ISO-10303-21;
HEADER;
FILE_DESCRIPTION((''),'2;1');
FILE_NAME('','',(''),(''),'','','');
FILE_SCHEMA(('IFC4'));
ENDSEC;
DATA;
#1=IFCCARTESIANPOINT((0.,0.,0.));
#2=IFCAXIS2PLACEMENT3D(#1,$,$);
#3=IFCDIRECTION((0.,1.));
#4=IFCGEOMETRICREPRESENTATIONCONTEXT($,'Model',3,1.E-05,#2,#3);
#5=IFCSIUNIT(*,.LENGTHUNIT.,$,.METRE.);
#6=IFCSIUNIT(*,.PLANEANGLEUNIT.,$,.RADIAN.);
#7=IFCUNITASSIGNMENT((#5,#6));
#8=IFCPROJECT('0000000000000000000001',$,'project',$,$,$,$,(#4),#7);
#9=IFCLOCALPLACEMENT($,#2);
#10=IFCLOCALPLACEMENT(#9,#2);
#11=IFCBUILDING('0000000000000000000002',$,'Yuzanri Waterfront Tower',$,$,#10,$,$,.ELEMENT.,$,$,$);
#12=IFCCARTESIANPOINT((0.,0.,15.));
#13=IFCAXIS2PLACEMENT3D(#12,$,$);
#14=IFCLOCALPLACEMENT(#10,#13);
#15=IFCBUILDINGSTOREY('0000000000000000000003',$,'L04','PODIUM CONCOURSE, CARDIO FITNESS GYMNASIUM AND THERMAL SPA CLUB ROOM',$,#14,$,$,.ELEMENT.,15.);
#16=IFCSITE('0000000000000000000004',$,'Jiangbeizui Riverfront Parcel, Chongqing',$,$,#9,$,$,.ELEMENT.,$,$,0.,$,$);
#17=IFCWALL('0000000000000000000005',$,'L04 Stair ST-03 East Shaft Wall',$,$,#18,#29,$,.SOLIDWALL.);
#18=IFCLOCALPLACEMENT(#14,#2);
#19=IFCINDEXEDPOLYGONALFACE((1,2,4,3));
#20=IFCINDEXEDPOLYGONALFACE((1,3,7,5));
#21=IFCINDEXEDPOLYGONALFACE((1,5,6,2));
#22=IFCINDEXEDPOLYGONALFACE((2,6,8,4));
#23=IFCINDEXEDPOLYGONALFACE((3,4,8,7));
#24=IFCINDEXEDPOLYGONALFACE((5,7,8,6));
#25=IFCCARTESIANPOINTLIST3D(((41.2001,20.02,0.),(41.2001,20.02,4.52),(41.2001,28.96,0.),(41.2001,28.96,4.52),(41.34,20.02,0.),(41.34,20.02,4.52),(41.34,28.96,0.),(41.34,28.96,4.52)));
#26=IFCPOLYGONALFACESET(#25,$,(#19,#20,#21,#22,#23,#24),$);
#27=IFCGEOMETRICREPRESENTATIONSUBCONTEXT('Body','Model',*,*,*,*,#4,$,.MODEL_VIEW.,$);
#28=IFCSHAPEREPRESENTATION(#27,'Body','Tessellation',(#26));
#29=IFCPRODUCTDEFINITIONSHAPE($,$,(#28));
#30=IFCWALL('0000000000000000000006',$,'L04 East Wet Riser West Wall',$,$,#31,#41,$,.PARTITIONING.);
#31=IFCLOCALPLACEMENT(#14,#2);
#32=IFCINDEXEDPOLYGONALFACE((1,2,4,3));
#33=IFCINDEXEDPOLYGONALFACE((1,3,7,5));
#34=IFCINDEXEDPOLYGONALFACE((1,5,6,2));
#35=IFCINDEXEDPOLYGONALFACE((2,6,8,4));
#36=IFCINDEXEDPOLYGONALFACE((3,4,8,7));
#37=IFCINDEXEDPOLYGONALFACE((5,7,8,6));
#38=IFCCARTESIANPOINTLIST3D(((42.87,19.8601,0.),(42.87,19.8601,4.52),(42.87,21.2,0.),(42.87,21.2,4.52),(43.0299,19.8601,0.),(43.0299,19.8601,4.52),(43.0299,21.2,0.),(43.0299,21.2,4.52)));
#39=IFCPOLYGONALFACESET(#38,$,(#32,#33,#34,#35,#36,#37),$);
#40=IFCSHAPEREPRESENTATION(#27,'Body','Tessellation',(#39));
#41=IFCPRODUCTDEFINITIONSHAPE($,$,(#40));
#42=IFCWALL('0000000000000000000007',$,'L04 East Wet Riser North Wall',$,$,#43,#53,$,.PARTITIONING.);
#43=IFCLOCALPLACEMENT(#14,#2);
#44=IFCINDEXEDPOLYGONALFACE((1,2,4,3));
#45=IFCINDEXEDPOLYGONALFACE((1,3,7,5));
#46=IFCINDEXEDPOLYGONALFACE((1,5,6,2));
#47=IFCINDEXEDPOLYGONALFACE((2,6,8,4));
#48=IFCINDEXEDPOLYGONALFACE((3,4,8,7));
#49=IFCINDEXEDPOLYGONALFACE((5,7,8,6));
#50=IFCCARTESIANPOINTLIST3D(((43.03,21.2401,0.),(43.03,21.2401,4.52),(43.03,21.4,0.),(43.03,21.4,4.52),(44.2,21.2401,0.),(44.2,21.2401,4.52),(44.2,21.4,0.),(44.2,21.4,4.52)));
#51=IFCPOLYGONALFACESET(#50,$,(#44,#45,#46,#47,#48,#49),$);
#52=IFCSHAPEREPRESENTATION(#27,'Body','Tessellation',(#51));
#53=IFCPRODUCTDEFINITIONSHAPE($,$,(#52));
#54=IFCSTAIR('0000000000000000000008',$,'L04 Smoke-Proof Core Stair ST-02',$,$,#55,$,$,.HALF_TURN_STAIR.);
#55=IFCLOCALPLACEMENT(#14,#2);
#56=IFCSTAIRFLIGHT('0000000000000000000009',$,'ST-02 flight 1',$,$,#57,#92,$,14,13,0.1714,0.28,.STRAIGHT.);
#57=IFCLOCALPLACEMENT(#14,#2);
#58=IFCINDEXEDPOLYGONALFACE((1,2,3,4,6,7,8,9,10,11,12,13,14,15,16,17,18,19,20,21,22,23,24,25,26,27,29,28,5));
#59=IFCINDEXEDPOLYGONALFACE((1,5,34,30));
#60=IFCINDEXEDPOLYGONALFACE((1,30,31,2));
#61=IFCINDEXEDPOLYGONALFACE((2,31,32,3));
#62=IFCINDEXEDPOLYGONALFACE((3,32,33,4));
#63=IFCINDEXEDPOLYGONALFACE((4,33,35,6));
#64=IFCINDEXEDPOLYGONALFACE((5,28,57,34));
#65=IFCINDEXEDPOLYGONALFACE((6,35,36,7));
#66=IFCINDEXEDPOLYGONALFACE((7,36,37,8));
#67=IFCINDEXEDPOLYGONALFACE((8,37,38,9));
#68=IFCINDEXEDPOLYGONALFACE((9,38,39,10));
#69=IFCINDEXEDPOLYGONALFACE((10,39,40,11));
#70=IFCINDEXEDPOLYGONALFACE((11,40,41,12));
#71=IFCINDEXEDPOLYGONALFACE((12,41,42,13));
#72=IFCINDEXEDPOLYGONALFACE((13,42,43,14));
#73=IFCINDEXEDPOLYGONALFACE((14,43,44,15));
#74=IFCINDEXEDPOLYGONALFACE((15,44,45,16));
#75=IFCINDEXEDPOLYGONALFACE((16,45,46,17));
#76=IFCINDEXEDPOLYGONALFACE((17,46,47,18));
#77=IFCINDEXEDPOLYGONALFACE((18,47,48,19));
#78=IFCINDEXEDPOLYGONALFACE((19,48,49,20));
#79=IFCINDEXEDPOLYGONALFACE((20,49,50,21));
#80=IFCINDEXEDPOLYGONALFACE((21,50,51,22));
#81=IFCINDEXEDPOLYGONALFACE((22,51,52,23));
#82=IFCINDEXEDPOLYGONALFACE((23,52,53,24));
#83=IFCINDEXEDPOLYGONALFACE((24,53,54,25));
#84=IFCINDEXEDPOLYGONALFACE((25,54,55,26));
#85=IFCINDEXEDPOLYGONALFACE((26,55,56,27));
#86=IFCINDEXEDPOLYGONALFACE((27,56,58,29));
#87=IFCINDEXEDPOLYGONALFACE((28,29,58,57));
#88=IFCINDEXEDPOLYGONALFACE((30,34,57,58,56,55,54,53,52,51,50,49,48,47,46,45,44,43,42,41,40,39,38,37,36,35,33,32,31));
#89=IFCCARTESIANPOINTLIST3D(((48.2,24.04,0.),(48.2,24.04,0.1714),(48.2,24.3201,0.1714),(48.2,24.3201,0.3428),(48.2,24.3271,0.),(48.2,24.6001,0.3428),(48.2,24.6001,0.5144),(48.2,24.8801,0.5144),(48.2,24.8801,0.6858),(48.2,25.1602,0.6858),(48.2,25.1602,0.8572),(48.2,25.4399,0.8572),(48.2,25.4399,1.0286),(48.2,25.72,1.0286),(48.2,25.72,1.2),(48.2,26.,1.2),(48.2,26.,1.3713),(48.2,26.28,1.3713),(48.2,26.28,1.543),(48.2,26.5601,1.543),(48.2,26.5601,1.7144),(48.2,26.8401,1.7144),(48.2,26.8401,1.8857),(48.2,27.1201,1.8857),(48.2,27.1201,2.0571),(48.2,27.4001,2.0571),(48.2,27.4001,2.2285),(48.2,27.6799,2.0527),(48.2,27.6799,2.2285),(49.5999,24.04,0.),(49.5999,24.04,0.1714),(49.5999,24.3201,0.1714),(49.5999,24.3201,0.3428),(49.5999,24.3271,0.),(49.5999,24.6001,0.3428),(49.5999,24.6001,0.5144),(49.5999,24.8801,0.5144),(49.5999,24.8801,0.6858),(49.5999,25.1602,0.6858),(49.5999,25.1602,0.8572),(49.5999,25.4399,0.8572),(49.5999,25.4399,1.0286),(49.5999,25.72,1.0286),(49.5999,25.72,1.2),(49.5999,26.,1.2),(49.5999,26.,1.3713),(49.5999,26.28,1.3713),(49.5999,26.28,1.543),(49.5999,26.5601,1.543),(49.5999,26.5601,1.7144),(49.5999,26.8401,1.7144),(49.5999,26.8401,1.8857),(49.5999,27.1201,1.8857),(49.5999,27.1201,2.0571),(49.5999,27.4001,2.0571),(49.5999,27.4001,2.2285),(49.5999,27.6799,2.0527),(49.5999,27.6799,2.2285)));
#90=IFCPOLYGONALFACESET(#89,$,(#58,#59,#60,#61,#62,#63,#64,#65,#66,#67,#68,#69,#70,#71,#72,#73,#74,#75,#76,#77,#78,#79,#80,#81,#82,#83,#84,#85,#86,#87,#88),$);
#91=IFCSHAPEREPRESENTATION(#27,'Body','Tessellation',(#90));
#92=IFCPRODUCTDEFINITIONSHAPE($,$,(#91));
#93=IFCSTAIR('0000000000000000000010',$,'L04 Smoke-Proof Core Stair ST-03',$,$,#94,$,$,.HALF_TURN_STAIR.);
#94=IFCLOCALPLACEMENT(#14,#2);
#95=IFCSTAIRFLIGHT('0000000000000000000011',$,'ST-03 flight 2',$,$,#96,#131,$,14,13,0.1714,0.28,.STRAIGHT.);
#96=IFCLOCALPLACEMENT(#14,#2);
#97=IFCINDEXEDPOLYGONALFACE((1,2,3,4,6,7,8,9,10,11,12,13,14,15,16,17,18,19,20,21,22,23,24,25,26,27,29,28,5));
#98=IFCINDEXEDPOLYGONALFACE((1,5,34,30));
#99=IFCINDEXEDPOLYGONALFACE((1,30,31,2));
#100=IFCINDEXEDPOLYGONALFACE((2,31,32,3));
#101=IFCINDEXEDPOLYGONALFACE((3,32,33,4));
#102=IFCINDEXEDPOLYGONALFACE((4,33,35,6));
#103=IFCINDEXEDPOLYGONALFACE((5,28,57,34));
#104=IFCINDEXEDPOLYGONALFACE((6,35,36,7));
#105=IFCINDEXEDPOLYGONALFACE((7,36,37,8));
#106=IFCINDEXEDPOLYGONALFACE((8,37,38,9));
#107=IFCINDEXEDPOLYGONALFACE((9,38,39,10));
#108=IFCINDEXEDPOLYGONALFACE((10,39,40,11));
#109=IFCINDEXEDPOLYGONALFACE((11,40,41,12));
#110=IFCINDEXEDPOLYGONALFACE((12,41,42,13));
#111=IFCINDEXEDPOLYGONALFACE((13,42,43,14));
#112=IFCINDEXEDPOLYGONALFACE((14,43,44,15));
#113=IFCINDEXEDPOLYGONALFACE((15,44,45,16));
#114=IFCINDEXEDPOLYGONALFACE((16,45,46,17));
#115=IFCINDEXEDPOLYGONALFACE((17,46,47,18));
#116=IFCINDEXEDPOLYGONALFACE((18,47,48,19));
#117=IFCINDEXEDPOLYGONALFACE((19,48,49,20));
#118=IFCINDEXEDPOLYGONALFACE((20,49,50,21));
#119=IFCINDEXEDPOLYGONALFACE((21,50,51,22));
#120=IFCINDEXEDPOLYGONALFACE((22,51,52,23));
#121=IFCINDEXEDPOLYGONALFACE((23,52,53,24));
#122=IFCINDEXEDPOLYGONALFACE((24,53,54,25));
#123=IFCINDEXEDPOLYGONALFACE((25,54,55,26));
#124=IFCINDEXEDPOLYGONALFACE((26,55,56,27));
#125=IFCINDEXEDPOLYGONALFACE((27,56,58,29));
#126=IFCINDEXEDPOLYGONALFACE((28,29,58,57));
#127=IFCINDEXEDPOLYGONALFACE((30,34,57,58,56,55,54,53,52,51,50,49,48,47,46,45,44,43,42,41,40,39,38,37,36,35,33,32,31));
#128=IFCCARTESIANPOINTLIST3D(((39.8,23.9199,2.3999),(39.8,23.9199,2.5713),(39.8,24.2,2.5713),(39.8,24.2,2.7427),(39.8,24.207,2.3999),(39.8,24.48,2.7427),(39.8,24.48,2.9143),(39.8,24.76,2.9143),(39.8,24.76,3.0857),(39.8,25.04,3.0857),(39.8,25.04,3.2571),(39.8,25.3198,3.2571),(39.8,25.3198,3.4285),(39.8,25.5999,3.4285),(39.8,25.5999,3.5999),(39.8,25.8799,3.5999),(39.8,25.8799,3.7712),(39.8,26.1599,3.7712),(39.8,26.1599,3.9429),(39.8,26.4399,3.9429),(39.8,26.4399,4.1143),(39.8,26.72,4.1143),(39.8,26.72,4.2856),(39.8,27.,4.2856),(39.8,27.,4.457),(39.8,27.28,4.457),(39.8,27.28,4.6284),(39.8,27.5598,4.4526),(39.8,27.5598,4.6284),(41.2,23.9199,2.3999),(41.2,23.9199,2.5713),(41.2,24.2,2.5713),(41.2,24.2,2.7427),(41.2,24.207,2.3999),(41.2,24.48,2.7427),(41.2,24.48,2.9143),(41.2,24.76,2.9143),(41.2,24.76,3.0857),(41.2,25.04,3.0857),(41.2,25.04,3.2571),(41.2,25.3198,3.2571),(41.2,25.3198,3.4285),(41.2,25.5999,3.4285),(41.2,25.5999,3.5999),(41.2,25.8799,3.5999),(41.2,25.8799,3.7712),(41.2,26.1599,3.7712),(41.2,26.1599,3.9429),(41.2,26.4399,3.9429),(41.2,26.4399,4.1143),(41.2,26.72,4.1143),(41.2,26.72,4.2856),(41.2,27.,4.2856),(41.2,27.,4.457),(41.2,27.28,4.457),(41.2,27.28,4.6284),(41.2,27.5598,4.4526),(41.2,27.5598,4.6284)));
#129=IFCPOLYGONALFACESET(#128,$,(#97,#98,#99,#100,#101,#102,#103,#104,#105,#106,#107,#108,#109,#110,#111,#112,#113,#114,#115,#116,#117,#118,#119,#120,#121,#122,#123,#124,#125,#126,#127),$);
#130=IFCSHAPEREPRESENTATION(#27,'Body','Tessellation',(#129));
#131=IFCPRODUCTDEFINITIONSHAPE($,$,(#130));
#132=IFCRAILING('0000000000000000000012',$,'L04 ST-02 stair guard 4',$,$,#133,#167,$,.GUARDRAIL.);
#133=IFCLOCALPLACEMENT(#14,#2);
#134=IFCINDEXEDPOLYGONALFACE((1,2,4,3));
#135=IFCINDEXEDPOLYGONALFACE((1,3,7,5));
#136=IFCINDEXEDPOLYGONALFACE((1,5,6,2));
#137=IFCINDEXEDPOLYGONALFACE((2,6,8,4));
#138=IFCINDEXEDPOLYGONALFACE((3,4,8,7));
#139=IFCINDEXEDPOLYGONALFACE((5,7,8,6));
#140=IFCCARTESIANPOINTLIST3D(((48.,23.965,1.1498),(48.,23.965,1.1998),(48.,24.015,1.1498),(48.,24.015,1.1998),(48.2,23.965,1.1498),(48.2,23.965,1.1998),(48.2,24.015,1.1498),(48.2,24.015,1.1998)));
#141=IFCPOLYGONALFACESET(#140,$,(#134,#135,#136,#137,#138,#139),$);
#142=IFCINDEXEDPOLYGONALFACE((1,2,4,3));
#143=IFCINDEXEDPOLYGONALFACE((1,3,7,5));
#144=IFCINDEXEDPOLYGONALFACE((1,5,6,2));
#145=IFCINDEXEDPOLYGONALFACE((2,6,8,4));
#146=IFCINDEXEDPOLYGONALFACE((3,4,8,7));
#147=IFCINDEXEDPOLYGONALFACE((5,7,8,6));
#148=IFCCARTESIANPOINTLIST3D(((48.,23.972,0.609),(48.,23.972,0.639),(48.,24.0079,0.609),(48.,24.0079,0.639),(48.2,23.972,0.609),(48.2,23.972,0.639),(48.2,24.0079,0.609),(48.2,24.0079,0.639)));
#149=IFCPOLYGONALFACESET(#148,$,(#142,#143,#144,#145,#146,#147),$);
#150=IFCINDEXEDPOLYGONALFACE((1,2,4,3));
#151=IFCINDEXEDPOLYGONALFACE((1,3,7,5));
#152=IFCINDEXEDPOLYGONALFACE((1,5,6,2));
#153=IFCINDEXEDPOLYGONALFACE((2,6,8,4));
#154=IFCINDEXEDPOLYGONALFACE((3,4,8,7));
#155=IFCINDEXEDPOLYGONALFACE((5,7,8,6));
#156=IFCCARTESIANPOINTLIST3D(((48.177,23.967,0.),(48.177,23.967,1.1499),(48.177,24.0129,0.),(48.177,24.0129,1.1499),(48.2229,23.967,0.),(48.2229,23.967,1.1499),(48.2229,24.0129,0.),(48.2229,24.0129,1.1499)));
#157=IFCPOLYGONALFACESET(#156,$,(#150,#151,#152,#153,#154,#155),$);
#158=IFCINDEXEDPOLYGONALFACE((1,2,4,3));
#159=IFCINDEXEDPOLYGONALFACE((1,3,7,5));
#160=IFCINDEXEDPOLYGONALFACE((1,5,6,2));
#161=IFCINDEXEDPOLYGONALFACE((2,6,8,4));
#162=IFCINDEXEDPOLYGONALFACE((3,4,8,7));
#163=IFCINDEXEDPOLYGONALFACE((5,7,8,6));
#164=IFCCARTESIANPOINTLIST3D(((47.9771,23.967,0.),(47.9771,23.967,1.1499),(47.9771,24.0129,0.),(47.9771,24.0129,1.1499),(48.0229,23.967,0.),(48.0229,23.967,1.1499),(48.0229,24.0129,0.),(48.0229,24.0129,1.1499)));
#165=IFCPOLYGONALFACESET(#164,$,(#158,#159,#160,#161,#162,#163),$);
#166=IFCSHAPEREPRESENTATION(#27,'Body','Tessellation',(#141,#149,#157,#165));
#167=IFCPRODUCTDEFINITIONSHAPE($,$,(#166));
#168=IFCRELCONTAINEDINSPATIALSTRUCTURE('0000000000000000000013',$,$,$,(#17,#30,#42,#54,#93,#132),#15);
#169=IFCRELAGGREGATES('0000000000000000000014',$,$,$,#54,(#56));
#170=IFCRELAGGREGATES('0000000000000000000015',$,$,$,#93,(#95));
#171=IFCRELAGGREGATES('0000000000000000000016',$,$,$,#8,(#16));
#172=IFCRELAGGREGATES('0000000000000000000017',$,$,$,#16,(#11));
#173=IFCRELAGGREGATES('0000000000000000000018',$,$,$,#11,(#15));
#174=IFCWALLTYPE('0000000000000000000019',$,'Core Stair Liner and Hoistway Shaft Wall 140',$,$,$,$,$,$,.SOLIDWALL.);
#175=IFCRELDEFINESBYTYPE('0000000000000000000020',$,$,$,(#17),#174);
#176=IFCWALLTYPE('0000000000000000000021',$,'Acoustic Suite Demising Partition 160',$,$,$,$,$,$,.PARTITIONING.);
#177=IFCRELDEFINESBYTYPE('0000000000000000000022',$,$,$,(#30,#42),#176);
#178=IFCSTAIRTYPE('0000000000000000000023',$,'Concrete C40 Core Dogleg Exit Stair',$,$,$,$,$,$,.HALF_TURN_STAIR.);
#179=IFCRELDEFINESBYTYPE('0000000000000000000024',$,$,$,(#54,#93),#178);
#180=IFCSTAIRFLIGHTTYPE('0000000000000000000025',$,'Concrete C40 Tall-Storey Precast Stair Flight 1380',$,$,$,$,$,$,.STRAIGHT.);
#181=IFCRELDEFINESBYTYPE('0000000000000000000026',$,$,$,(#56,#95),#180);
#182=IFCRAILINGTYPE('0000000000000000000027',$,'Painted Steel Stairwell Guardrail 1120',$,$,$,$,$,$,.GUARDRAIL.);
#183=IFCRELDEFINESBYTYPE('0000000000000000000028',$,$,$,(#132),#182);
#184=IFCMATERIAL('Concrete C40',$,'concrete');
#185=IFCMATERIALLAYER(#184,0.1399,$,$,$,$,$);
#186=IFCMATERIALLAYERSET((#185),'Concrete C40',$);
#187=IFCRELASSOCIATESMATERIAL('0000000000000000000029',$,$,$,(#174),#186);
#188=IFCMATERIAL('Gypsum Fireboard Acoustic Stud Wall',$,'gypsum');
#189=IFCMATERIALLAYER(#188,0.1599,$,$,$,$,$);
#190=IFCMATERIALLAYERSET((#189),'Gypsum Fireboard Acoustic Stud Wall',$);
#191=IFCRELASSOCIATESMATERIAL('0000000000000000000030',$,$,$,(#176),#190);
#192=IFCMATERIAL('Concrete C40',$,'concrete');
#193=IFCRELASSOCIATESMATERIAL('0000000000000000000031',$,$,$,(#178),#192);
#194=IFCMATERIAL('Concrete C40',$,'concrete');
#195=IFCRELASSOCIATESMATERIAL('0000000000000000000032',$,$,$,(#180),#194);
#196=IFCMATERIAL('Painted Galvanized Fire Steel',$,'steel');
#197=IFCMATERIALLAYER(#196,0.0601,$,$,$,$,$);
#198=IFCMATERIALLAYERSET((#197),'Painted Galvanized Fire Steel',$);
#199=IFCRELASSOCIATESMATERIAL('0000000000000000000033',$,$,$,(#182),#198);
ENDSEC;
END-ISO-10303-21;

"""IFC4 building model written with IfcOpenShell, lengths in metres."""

from ifc_helpers import new_model, si_unit, direction, frame, frame_2d, origin, origin_2d, place, context, subcontext, project, spatial, polyline, rectangle, outline, extrude, source, transform, mapped, material, layer, layer_set, type_object, element, aggregate, save


model = new_model("IFC4")

# Units and contexts
model_context = context("Model", 3, precision=1e-05, world=origin(), true_north=direction((0.0, 1.0)))
body_context = subcontext(model_context, "Body", "Model", "MODEL_VIEW")
ifc_project = project(units=[si_unit("LENGTHUNIT", "METRE"), si_unit("PLANEANGLEUNIT", "RADIAN")], contexts=[model_context])

# Site, building, storey
site_placement = place(None, origin())
site = spatial("IfcSite", under=ifc_project, at=site_placement, Name="Jiangbeizui Riverfront Parcel, Chongqing", CompositionType="ELEMENT", RefElevation=0.0)
building_placement = place(site_placement, origin())
building = spatial("IfcBuilding", under=site, at=building_placement, Name="Yuzanri Waterfront Tower", CompositionType="ELEMENT")
storey_placement = place(building_placement, frame((0.0, 0.0, 15.0)))
storey = spatial("IfcBuildingStorey", under=building, at=storey_placement, Name="L04", Description="PODIUM CONCOURSE, CARDIO FITNESS GYMNASIUM AND THERMAL SPA CLUB ROOM", CompositionType="ELEMENT", Elevation=15.0)

# Shared definitions
ifc_material_1 = material(Name="Concrete C40", Category="concrete")
ifc_layer_1 = layer(ifc_material_1, 0.1399)
ifc_layer_set_1 = layer_set([ifc_layer_1], Name="Concrete C40")
wall_type_1 = type_object("IfcWallType", Name="Core Stair Liner and Hoistway Shaft Wall 140", PredefinedType="SOLIDWALL", material=ifc_layer_set_1)

# Walls
shared_shape_1 = source(origin(), body_context, "Body", "SweptSolid", [
    extrude(rectangle(XDim=8.9399, YDim=0.1399, at=frame_2d((4.47, 0.0))), origin(), (0.0, 0.0, 1.0), 4.52),
])
wall_1_placement = place(storey_placement, frame((41.27, 20.02, 0.0), z_axis=(0.0, 0.0, 1.0), x_axis=(0.0, 1.0, 0.0)))
element("IfcWall", 1, at=wall_1_placement, inside=storey, type_object=wall_type_1, Name="L04 Stair ST-03 East Shaft Wall", PredefinedType="SOLIDWALL", context=body_context, shape_type="MappedRepresentation", body=[
    mapped(shared_shape_1, transform((0.0, 0.0, 0.0), scale=1.0)),
])
ifc_material_2 = material(Name="Gypsum Fireboard Acoustic Stud Wall", Category="gypsum")
ifc_layer_2 = layer(ifc_material_2, 0.1599)
ifc_layer_set_2 = layer_set([ifc_layer_2], Name="Gypsum Fireboard Acoustic Stud Wall")
wall_type_2 = type_object("IfcWallType", Name="Acoustic Suite Demising Partition 160", PredefinedType="PARTITIONING", material=ifc_layer_set_2)
shared_shape_2 = source(origin(), body_context, "Body", "SweptSolid", [
    extrude(rectangle(XDim=1.3398, YDim=0.1599, at=frame_2d((0.6699, 0.0))), origin(), (0.0, 0.0, 1.0), 4.52),
])
wall_2_placement = place(storey_placement, frame((42.95, 19.8601, 0.0), z_axis=(0.0, 0.0, 1.0), x_axis=(0.0, 1.0, 0.0)))
element("IfcWall", 2, at=wall_2_placement, inside=storey, type_object=wall_type_2, Name="L04 East Wet Riser West Wall", PredefinedType="PARTITIONING", context=body_context, shape_type="MappedRepresentation", body=[
    mapped(shared_shape_2, transform((0.0, 0.0, 0.0), scale=1.0)),
])
shared_shape_3 = source(origin(), body_context, "Body", "SweptSolid", [
    extrude(rectangle(XDim=1.1699, YDim=0.1599, at=frame_2d((0.585, 0.0))), origin(), (0.0, 0.0, 1.0), 4.52),
])
wall_3_placement = place(storey_placement, frame((43.03, 21.3201, 0.0), z_axis=(0.0, 0.0, 1.0), x_axis=(1.0, 0.0, 0.0)))
element("IfcWall", 3, at=wall_3_placement, inside=storey, type_object=wall_type_2, Name="L04 East Wet Riser North Wall", PredefinedType="PARTITIONING", context=body_context, shape_type="MappedRepresentation", body=[
    mapped(shared_shape_3, transform((0.0, 0.0, 0.0), scale=1.0)),
])

# Stairs, stair flights
ifc_material_3 = material(Name="Concrete C40", Category="concrete")
stair_type = type_object("IfcStairType", Name="Concrete C40 Core Dogleg Exit Stair", PredefinedType="HALF_TURN_STAIR", material=ifc_material_3)
stair_1_placement = place(storey_placement, origin())
stair_1 = element("IfcStair", 4, at=stair_1_placement, inside=storey, type_object=stair_type, Name="L04 Smoke-Proof Core Stair ST-02", PredefinedType="HALF_TURN_STAIR")
ifc_material_4 = material(Name="Concrete C40", Category="concrete")
stair_flight_type = type_object("IfcStairFlightType", Name="Concrete C40 Tall-Storey Precast Stair Flight 1380", PredefinedType="STRAIGHT", material=ifc_material_4)
shared_shape_4 = source(origin(), body_context, "Body", "SweptSolid", [
    extrude(outline(polyline([(0.0, 0.0), (0.0, 0.1714), (0.28, 0.1714), (0.28, 0.3428), (0.5601, 0.3428), (0.5601, 0.5144), (0.8401, 0.5144), (0.8401, 0.6858), (1.1201, 0.6858), (1.1201, 0.8572), (1.3999, 0.8572), (1.3999, 1.0286), (1.6799, 1.0286), (1.6799, 1.2), (1.96, 1.2), (1.96, 1.3713), (2.24, 1.3713), (2.24, 1.543), (2.52, 1.543), (2.52, 1.7144), (2.8, 1.7144), (2.8, 1.8857), (3.0801, 1.8857), (3.0801, 2.0571), (3.3601, 2.0571), (3.3601, 2.2285), (3.6399, 2.2285), (3.6399, 2.3999), (3.6399, 2.0527), (0.2871, 0.0), (0.0, 0.0)])), frame((0.0, 0.7, 0.0), z_axis=(0.0, -1.0, 0.0), x_axis=(1.0, 0.0, 0.0)), (0.0, 0.0, 1.0), 1.3999),
])
stair_flight_1_placement = place(storey_placement, frame((48.8999, 24.04, 0.0), z_axis=(0.0, 0.0, 1.0), x_axis=(0.0, 1.0, 0.0)))
stair_flight_1 = element("IfcStairFlight", 5, at=stair_flight_1_placement, type_object=stair_flight_type, Name="ST-02 flight 1", NumberOfRisers=14, NumberOfTreads=13, PredefinedType="STRAIGHT", RiserHeight=0.1714, TreadLength=0.28, context=body_context, shape_type="MappedRepresentation", body=[
    mapped(shared_shape_4, transform((0.0, 0.0, 0.0), scale=1.0)),
])
aggregate(stair_1, [stair_flight_1])
stair_2_placement = place(storey_placement, origin())
stair_2 = element("IfcStair", 6, at=stair_2_placement, inside=storey, type_object=stair_type, Name="L04 Smoke-Proof Core Stair ST-03", PredefinedType="HALF_TURN_STAIR")
stair_flight_2_placement = place(storey_placement, frame((40.5, 23.9199, 2.3999), z_axis=(0.0, 0.0, 1.0), x_axis=(0.0, 1.0, 0.0)))
stair_flight_2 = element("IfcStairFlight", 7, at=stair_flight_2_placement, type_object=stair_flight_type, Name="ST-03 flight 2", NumberOfRisers=14, NumberOfTreads=13, PredefinedType="STRAIGHT", RiserHeight=0.1714, TreadLength=0.28, context=body_context, shape_type="MappedRepresentation", body=[
    mapped(shared_shape_4, transform((0.0, 0.0, 0.0), scale=1.0)),
])
aggregate(stair_2, [stair_flight_2])

# Railing
ifc_material_5 = material(Name="Painted Galvanized Fire Steel", Category="steel")
ifc_layer_3 = layer(ifc_material_5, 0.0601)
ifc_layer_set_3 = layer_set([ifc_layer_3], Name="Painted Galvanized Fire Steel")
railing_type_1 = type_object("IfcRailingType", Name="Painted Steel Stairwell Guardrail 1120", PredefinedType="GUARDRAIL", material=ifc_layer_set_3)
shared_shape_5 = source(origin(), body_context, "Body", "SweptSolid", [
    extrude(rectangle(XDim=0.05, YDim=0.05, at=origin_2d()), frame((0.0, 0.0, 1.1748), z_axis=(-1.0, 0.0, 0.0), x_axis=(0.0, -1.0, 0.0)), (0.0, 0.0, 1.0), 0.2),
    extrude(rectangle(XDim=0.0359, YDim=0.03, at=origin_2d()), frame((0.0, 0.0, 0.624), z_axis=(-1.0, 0.0, 0.0), x_axis=(0.0, -1.0, 0.0)), (0.0, 0.0, 1.0), 0.2),
    extrude(rectangle(XDim=0.0459, YDim=0.0459, at=origin_2d()), origin(), (0.0, 0.0, 1.0), 1.1499),
    extrude(rectangle(XDim=0.0459, YDim=0.0459, at=origin_2d()), frame((-0.2, 0.0, 0.0)), (0.0, 0.0, 1.0), 1.1499),
])
railing_1_placement = place(storey_placement, frame((48.2, 23.99, 0.0)))
element("IfcRailing", 8, at=railing_1_placement, inside=storey, type_object=railing_type_1, Name="L04 ST-02 stair guard 4", PredefinedType="GUARDRAIL", context=body_context, shape_type="MappedRepresentation", body=[
    mapped(shared_shape_5, transform((0.0, 0.0, 0.0), scale=1.0)),
])

save(model, "model.ifc")
